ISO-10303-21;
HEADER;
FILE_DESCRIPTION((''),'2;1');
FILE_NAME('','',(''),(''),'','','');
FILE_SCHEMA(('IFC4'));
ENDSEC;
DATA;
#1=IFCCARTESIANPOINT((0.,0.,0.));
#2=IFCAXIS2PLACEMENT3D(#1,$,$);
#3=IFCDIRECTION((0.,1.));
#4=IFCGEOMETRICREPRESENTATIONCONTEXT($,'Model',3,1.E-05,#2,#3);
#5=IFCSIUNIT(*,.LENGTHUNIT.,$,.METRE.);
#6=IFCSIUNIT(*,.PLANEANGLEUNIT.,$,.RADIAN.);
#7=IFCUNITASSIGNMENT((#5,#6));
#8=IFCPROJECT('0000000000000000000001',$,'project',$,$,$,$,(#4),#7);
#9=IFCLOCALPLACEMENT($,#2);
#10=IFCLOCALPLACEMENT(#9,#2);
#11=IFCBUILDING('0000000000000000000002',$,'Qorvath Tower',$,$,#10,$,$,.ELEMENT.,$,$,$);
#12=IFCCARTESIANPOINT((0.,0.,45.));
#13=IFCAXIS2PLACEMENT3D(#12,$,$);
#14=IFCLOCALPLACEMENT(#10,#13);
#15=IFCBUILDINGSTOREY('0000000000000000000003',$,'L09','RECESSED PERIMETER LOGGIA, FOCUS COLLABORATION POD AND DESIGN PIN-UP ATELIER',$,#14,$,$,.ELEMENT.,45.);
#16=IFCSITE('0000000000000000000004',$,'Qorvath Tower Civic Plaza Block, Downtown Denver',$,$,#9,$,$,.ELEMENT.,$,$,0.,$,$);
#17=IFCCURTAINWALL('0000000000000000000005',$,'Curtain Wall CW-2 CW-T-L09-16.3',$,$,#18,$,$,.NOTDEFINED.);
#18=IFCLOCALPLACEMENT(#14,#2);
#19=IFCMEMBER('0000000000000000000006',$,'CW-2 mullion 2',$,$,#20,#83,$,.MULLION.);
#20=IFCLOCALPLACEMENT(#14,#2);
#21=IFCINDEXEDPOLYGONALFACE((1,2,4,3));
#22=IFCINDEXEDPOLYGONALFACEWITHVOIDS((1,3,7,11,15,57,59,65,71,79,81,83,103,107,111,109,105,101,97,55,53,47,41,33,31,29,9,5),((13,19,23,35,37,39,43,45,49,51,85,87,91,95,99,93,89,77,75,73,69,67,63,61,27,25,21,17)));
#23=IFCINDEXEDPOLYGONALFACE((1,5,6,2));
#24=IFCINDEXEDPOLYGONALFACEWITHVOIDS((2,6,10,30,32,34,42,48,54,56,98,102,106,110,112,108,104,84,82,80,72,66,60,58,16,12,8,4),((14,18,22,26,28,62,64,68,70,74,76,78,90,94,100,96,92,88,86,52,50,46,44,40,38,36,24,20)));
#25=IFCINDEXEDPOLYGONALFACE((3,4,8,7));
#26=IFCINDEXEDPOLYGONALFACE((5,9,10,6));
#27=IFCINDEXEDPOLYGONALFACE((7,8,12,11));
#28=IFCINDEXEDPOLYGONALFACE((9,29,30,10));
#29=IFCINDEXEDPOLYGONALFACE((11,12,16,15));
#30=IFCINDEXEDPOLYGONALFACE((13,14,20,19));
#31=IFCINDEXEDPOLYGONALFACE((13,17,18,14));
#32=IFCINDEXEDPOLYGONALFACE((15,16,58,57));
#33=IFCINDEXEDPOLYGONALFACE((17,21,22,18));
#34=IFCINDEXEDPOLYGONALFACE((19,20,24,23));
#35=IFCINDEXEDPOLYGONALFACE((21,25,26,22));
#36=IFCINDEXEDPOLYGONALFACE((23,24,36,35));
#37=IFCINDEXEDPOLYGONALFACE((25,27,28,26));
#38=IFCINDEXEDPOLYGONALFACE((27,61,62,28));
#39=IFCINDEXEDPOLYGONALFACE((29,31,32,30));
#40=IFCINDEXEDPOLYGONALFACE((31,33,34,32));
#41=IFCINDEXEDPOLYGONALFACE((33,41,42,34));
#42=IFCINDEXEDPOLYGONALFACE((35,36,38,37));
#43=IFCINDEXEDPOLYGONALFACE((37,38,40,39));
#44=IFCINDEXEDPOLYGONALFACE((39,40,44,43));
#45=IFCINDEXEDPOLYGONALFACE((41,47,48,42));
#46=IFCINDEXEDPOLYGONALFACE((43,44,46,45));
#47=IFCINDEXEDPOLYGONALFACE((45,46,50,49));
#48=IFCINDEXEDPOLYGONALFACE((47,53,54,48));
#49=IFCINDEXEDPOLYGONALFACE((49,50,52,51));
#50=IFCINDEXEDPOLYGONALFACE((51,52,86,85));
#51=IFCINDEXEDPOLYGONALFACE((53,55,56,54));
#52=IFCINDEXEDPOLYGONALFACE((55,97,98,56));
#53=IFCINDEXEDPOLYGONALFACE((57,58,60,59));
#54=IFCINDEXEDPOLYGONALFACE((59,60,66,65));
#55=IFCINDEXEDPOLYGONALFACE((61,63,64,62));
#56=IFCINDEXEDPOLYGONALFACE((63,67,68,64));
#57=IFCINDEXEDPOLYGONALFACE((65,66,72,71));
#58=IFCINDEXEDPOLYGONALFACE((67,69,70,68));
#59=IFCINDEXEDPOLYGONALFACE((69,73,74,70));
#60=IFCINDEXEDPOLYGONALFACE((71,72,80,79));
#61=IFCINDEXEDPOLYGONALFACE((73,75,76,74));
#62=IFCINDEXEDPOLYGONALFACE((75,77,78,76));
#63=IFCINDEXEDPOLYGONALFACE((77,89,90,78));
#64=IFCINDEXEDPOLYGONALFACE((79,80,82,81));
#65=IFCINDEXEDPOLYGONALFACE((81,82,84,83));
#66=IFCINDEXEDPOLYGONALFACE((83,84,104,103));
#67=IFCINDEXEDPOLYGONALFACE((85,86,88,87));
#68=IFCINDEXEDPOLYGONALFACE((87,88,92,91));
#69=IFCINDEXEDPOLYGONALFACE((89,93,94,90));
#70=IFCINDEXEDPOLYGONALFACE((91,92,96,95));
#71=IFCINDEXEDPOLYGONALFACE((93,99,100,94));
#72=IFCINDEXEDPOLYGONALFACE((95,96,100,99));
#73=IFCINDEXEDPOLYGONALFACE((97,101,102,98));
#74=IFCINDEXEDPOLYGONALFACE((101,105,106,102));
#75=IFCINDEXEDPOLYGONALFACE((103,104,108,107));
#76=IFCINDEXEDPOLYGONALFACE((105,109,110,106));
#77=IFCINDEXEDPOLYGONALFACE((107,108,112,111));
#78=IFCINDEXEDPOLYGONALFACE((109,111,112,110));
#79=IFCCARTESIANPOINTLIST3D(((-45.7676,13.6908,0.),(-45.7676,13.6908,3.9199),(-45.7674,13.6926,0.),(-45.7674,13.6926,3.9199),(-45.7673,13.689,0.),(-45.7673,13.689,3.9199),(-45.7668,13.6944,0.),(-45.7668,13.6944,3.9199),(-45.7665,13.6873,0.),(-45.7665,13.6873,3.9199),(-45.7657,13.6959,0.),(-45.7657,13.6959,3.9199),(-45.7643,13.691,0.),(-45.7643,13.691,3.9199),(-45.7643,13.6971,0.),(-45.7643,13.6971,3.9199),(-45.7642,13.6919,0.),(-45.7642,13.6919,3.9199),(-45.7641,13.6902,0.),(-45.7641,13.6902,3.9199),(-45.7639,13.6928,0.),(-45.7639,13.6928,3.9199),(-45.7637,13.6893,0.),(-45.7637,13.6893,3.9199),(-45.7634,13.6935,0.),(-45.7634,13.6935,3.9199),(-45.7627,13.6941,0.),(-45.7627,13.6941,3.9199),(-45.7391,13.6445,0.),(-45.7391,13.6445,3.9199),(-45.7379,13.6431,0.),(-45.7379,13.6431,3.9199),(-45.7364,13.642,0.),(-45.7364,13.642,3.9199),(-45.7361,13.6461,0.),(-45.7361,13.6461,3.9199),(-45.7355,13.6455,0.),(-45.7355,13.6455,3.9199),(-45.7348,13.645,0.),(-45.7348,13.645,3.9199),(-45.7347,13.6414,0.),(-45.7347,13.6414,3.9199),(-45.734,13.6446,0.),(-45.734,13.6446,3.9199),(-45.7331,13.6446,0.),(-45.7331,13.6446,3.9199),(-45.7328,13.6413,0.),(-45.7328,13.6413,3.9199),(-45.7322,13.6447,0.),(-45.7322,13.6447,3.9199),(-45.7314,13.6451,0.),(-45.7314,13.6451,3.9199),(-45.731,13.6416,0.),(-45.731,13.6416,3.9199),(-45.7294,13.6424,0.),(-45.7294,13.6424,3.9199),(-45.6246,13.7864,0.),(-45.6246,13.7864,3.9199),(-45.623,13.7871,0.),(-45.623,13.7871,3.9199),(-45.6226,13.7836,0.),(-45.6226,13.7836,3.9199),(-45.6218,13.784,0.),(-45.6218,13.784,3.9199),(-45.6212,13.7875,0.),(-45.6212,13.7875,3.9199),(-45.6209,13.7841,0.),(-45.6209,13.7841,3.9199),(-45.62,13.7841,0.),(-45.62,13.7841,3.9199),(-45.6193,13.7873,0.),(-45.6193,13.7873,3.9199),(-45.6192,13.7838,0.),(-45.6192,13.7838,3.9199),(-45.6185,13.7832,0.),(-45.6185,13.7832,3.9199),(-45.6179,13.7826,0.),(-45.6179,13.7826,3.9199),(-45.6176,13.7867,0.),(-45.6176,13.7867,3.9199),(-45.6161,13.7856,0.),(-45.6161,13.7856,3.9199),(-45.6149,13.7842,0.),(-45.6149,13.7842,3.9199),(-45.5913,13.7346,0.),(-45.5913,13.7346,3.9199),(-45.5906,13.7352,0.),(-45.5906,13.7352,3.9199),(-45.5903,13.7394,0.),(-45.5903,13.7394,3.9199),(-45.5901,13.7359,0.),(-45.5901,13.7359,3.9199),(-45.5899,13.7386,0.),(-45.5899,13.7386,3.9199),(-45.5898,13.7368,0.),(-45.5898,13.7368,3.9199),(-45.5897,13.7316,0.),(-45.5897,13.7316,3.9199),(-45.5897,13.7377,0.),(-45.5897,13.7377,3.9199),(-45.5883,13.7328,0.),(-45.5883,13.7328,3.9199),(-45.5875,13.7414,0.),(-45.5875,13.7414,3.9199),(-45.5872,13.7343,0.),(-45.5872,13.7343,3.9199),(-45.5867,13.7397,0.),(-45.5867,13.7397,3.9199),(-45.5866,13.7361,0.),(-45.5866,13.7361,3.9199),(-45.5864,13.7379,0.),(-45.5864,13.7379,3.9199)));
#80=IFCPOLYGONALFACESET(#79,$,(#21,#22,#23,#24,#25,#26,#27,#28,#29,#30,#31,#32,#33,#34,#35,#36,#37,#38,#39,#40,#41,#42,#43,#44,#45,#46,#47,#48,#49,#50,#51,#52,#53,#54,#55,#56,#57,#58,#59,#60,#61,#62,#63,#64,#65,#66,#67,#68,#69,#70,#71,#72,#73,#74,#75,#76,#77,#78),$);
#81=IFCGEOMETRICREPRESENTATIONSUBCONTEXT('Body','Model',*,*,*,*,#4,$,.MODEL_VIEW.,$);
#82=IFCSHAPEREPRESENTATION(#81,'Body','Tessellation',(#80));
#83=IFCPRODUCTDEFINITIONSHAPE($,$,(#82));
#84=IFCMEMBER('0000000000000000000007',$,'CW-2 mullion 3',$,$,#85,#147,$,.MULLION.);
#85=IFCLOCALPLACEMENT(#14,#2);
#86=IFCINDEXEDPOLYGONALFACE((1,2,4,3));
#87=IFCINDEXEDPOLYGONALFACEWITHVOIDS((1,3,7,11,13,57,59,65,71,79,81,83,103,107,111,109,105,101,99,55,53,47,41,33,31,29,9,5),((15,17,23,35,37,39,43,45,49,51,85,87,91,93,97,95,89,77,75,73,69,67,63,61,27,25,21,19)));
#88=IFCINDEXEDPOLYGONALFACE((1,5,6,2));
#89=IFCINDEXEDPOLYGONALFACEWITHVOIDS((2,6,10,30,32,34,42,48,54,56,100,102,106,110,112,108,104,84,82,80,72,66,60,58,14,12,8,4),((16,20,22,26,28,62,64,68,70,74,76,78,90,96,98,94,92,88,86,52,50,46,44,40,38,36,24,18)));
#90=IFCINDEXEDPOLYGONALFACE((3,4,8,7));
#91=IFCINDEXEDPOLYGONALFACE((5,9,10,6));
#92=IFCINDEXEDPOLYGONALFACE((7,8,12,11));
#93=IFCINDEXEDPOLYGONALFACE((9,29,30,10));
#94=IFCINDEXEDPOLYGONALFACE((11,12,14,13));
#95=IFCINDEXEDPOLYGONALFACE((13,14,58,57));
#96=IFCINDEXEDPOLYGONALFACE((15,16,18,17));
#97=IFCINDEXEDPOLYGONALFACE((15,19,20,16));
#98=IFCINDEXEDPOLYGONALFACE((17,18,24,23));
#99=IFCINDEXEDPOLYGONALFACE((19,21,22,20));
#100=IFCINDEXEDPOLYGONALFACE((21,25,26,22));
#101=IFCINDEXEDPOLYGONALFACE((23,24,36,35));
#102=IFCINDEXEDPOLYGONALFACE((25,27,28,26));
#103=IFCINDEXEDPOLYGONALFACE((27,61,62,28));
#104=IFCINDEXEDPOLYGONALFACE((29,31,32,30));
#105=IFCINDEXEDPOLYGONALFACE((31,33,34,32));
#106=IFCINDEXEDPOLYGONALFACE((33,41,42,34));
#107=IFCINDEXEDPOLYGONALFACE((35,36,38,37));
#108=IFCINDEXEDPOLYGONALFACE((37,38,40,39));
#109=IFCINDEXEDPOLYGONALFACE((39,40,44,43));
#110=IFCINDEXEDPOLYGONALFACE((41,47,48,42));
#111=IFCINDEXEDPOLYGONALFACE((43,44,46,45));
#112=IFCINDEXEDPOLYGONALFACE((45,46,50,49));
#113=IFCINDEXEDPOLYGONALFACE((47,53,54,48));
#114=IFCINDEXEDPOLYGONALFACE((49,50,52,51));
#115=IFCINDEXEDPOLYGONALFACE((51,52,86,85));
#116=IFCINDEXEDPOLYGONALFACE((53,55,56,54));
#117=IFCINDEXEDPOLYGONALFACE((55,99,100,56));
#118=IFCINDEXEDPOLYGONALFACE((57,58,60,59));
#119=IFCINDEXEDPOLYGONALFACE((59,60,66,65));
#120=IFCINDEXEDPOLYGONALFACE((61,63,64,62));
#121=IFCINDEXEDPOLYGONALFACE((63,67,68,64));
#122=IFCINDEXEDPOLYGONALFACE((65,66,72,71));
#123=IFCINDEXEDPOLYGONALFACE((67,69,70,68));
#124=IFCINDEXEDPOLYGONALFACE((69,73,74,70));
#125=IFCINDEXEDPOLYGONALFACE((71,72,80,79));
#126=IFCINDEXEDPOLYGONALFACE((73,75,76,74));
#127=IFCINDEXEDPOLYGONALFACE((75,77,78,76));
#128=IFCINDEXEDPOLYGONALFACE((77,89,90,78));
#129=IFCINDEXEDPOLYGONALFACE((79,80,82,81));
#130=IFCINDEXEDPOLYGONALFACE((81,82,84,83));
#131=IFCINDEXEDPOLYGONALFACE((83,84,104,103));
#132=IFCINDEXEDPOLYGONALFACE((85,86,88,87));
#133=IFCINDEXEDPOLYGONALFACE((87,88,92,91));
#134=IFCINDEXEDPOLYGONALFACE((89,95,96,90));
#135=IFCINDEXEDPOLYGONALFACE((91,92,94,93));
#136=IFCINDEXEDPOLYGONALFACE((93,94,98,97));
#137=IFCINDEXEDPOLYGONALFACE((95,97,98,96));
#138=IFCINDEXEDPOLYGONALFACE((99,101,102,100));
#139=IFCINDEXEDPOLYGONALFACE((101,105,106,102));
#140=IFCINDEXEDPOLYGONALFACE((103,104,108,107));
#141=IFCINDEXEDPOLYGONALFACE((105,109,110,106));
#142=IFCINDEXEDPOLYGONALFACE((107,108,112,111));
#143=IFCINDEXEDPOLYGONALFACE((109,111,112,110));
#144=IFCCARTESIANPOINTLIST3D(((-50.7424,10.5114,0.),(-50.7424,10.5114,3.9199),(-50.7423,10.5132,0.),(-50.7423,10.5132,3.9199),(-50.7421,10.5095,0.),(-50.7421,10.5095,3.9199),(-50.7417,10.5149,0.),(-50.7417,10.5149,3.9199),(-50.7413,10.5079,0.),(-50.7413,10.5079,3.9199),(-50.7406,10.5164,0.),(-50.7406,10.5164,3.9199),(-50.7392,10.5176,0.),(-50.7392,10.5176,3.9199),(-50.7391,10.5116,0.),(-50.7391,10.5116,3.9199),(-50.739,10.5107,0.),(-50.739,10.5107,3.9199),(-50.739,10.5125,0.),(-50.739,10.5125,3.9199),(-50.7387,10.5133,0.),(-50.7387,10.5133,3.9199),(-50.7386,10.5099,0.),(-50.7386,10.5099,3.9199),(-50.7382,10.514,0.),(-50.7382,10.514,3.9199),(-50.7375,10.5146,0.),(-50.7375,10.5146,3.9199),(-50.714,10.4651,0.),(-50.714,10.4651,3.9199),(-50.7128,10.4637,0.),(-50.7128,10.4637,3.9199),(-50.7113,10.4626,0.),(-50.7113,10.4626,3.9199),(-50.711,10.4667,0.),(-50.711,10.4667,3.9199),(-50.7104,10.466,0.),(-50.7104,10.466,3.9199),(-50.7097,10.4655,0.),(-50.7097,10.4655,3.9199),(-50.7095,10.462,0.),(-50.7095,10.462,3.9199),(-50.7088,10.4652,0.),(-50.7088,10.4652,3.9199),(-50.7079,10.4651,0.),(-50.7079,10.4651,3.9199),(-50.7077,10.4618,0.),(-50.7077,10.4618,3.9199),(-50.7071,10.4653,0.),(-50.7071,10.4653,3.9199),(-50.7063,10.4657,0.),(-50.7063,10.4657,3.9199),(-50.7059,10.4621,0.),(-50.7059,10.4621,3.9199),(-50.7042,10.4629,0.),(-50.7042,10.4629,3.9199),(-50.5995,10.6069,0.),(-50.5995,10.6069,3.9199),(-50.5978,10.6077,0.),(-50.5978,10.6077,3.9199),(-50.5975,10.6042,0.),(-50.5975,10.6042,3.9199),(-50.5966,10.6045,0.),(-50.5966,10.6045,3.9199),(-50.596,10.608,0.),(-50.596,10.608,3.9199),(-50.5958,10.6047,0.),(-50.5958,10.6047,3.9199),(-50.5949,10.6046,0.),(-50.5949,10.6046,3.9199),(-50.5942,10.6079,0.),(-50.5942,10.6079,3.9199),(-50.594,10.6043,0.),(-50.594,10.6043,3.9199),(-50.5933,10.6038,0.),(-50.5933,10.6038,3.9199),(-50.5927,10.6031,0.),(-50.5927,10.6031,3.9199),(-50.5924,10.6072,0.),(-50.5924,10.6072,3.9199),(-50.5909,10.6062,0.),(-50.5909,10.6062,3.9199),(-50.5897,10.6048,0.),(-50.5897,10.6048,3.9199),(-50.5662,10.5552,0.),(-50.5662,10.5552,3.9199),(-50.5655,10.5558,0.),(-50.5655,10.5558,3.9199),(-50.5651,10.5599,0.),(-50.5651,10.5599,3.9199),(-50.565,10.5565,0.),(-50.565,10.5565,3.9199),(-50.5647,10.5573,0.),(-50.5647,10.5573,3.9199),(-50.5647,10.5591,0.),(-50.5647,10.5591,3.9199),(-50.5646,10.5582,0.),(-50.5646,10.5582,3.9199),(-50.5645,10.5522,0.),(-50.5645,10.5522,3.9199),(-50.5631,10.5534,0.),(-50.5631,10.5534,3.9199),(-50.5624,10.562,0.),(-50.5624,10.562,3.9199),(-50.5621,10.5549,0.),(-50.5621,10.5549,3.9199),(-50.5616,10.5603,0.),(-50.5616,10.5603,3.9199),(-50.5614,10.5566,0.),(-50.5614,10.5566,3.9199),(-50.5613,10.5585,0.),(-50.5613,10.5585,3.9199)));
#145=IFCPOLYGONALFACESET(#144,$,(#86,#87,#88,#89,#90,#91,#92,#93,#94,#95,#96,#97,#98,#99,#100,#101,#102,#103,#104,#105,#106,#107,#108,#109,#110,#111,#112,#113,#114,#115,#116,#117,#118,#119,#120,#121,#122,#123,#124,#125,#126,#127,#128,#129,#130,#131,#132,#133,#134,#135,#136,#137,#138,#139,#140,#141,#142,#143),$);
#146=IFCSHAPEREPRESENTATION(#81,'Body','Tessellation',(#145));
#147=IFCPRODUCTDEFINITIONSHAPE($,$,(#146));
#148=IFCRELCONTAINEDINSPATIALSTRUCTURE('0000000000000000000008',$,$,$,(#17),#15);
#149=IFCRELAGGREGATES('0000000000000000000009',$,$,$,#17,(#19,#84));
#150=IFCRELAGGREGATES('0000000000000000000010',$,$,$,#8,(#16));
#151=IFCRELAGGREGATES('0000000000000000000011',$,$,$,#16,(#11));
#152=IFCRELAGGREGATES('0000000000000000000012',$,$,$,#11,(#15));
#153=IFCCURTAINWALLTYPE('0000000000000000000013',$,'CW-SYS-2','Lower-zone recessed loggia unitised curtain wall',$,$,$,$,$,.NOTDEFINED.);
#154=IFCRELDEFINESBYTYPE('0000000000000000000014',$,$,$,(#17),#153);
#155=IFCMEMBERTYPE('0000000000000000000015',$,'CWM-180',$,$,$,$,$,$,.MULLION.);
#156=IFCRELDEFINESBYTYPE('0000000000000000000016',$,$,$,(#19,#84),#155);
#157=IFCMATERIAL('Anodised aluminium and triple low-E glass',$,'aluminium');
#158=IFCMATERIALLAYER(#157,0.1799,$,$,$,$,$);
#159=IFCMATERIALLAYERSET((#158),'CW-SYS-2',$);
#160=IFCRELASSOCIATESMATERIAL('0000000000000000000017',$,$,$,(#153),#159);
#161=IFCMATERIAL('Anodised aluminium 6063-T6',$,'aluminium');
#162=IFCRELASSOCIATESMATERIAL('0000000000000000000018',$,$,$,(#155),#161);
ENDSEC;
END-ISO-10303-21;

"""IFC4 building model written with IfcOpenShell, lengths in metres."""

from ifc_helpers import new_model, si_unit, direction, frame, origin, origin_2d, place, context, subcontext, project, spatial, hollow_rectangle, extrude, material, layer, layer_set, material_profile, profile_set, type_object, element, aggregate, save


model = new_model("IFC4")

# Units and contexts
model_context = context("Model", 3, precision=1e-05, world=origin(), true_north=direction((0.0, 1.0)))
body_context = subcontext(model_context, "Body", "Model", "MODEL_VIEW")
ifc_project = project(units=[si_unit("LENGTHUNIT", "METRE"), si_unit("PLANEANGLEUNIT", "RADIAN")], contexts=[model_context])

# Site, building, storey
site_placement = place(None, origin())
site = spatial("IfcSite", under=ifc_project, at=site_placement, Name="Qorvath Tower Civic Plaza Block, Downtown Denver", CompositionType="ELEMENT", RefElevation=0.0)
building_placement = place(site_placement, origin())
building = spatial("IfcBuilding", under=site, at=building_placement, Name="Qorvath Tower", CompositionType="ELEMENT")
storey_placement = place(building_placement, frame((0.0, 0.0, 45.0)))
storey = spatial("IfcBuildingStorey", under=building, at=storey_placement, Name="L09", Description="RECESSED PERIMETER LOGGIA, FOCUS COLLABORATION POD AND DESIGN PIN-UP ATELIER", CompositionType="ELEMENT", Elevation=45.0)

# Curtain wall, members
ifc_material_1 = material(Name="Anodised aluminium and triple low-E glass", Category="aluminium")
ifc_layer_1 = layer(ifc_material_1, 0.1799)
ifc_layer_set_1 = layer_set([ifc_layer_1], Name="CW-SYS-2")
curtain_wall_type = type_object("IfcCurtainWallType", Name="CW-SYS-2", Description="Lower-zone recessed loggia unitised curtain wall", PredefinedType="NOTDEFINED", material=ifc_layer_set_1)
curtain_wall_placement = place(storey_placement, origin())
curtain_wall = element("IfcCurtainWall", 1, at=curtain_wall_placement, inside=storey, type_object=curtain_wall_type, Name="Curtain Wall CW-2 CW-T-L09-16.3", PredefinedType="NOTDEFINED")
ifc_material_2 = material(Name="Anodised aluminium 6063-T6", Category="aluminium")
ifc_material_profile_1 = material_profile(ifc_material_2, hollow_rectangle(XDim=0.0649, YDim=0.1799, WallThickness=0.0034, InnerFilletRadius=0.0034, OuterFilletRadius=0.0071, at=origin_2d()), Name="CWM 180x65")
ifc_profile_set_1 = profile_set([ifc_material_profile_1], Name="Anodised aluminium 6063-T6")
member_type_1 = type_object("IfcMemberType", Name="CWM-180", PredefinedType="MULLION", material=ifc_profile_set_1)
member_1_placement = place(storey_placement, frame((-45.677, 13.7144, 0.0), z_axis=(0.0, 0.0, 1.0), x_axis=(0.538532, -0.842605, 0.0)))
member_1 = element("IfcMember", 2, at=member_1_placement, type_object=member_type_1, Name="CW-2 mullion 2", PredefinedType="MULLION", context=body_context, shape_type="SweptSolid", body=[
    extrude(hollow_rectangle(XDim=0.0649, YDim=0.1799, WallThickness=0.0034, InnerFilletRadius=0.0034, OuterFilletRadius=0.0071, at=origin_2d()), origin(), (0.0, 0.0, 1.0), 3.9199),
])
member_2_placement = place(storey_placement, frame((-50.6519, 10.5349, 0.0), z_axis=(0.0, 0.0, 1.0), x_axis=(0.538532, -0.842605, 0.0)))
member_2 = element("IfcMember", 3, at=member_2_placement, type_object=member_type_1, Name="CW-2 mullion 3", PredefinedType="MULLION", context=body_context, shape_type="SweptSolid", body=[
    extrude(hollow_rectangle(XDim=0.0649, YDim=0.1799, WallThickness=0.0034, InnerFilletRadius=0.0034, OuterFilletRadius=0.0071, at=origin_2d()), origin(), (0.0, 0.0, 1.0), 3.9199),
])
aggregate(curtain_wall, [member_1, member_2])

save(model, "model.ifc")
